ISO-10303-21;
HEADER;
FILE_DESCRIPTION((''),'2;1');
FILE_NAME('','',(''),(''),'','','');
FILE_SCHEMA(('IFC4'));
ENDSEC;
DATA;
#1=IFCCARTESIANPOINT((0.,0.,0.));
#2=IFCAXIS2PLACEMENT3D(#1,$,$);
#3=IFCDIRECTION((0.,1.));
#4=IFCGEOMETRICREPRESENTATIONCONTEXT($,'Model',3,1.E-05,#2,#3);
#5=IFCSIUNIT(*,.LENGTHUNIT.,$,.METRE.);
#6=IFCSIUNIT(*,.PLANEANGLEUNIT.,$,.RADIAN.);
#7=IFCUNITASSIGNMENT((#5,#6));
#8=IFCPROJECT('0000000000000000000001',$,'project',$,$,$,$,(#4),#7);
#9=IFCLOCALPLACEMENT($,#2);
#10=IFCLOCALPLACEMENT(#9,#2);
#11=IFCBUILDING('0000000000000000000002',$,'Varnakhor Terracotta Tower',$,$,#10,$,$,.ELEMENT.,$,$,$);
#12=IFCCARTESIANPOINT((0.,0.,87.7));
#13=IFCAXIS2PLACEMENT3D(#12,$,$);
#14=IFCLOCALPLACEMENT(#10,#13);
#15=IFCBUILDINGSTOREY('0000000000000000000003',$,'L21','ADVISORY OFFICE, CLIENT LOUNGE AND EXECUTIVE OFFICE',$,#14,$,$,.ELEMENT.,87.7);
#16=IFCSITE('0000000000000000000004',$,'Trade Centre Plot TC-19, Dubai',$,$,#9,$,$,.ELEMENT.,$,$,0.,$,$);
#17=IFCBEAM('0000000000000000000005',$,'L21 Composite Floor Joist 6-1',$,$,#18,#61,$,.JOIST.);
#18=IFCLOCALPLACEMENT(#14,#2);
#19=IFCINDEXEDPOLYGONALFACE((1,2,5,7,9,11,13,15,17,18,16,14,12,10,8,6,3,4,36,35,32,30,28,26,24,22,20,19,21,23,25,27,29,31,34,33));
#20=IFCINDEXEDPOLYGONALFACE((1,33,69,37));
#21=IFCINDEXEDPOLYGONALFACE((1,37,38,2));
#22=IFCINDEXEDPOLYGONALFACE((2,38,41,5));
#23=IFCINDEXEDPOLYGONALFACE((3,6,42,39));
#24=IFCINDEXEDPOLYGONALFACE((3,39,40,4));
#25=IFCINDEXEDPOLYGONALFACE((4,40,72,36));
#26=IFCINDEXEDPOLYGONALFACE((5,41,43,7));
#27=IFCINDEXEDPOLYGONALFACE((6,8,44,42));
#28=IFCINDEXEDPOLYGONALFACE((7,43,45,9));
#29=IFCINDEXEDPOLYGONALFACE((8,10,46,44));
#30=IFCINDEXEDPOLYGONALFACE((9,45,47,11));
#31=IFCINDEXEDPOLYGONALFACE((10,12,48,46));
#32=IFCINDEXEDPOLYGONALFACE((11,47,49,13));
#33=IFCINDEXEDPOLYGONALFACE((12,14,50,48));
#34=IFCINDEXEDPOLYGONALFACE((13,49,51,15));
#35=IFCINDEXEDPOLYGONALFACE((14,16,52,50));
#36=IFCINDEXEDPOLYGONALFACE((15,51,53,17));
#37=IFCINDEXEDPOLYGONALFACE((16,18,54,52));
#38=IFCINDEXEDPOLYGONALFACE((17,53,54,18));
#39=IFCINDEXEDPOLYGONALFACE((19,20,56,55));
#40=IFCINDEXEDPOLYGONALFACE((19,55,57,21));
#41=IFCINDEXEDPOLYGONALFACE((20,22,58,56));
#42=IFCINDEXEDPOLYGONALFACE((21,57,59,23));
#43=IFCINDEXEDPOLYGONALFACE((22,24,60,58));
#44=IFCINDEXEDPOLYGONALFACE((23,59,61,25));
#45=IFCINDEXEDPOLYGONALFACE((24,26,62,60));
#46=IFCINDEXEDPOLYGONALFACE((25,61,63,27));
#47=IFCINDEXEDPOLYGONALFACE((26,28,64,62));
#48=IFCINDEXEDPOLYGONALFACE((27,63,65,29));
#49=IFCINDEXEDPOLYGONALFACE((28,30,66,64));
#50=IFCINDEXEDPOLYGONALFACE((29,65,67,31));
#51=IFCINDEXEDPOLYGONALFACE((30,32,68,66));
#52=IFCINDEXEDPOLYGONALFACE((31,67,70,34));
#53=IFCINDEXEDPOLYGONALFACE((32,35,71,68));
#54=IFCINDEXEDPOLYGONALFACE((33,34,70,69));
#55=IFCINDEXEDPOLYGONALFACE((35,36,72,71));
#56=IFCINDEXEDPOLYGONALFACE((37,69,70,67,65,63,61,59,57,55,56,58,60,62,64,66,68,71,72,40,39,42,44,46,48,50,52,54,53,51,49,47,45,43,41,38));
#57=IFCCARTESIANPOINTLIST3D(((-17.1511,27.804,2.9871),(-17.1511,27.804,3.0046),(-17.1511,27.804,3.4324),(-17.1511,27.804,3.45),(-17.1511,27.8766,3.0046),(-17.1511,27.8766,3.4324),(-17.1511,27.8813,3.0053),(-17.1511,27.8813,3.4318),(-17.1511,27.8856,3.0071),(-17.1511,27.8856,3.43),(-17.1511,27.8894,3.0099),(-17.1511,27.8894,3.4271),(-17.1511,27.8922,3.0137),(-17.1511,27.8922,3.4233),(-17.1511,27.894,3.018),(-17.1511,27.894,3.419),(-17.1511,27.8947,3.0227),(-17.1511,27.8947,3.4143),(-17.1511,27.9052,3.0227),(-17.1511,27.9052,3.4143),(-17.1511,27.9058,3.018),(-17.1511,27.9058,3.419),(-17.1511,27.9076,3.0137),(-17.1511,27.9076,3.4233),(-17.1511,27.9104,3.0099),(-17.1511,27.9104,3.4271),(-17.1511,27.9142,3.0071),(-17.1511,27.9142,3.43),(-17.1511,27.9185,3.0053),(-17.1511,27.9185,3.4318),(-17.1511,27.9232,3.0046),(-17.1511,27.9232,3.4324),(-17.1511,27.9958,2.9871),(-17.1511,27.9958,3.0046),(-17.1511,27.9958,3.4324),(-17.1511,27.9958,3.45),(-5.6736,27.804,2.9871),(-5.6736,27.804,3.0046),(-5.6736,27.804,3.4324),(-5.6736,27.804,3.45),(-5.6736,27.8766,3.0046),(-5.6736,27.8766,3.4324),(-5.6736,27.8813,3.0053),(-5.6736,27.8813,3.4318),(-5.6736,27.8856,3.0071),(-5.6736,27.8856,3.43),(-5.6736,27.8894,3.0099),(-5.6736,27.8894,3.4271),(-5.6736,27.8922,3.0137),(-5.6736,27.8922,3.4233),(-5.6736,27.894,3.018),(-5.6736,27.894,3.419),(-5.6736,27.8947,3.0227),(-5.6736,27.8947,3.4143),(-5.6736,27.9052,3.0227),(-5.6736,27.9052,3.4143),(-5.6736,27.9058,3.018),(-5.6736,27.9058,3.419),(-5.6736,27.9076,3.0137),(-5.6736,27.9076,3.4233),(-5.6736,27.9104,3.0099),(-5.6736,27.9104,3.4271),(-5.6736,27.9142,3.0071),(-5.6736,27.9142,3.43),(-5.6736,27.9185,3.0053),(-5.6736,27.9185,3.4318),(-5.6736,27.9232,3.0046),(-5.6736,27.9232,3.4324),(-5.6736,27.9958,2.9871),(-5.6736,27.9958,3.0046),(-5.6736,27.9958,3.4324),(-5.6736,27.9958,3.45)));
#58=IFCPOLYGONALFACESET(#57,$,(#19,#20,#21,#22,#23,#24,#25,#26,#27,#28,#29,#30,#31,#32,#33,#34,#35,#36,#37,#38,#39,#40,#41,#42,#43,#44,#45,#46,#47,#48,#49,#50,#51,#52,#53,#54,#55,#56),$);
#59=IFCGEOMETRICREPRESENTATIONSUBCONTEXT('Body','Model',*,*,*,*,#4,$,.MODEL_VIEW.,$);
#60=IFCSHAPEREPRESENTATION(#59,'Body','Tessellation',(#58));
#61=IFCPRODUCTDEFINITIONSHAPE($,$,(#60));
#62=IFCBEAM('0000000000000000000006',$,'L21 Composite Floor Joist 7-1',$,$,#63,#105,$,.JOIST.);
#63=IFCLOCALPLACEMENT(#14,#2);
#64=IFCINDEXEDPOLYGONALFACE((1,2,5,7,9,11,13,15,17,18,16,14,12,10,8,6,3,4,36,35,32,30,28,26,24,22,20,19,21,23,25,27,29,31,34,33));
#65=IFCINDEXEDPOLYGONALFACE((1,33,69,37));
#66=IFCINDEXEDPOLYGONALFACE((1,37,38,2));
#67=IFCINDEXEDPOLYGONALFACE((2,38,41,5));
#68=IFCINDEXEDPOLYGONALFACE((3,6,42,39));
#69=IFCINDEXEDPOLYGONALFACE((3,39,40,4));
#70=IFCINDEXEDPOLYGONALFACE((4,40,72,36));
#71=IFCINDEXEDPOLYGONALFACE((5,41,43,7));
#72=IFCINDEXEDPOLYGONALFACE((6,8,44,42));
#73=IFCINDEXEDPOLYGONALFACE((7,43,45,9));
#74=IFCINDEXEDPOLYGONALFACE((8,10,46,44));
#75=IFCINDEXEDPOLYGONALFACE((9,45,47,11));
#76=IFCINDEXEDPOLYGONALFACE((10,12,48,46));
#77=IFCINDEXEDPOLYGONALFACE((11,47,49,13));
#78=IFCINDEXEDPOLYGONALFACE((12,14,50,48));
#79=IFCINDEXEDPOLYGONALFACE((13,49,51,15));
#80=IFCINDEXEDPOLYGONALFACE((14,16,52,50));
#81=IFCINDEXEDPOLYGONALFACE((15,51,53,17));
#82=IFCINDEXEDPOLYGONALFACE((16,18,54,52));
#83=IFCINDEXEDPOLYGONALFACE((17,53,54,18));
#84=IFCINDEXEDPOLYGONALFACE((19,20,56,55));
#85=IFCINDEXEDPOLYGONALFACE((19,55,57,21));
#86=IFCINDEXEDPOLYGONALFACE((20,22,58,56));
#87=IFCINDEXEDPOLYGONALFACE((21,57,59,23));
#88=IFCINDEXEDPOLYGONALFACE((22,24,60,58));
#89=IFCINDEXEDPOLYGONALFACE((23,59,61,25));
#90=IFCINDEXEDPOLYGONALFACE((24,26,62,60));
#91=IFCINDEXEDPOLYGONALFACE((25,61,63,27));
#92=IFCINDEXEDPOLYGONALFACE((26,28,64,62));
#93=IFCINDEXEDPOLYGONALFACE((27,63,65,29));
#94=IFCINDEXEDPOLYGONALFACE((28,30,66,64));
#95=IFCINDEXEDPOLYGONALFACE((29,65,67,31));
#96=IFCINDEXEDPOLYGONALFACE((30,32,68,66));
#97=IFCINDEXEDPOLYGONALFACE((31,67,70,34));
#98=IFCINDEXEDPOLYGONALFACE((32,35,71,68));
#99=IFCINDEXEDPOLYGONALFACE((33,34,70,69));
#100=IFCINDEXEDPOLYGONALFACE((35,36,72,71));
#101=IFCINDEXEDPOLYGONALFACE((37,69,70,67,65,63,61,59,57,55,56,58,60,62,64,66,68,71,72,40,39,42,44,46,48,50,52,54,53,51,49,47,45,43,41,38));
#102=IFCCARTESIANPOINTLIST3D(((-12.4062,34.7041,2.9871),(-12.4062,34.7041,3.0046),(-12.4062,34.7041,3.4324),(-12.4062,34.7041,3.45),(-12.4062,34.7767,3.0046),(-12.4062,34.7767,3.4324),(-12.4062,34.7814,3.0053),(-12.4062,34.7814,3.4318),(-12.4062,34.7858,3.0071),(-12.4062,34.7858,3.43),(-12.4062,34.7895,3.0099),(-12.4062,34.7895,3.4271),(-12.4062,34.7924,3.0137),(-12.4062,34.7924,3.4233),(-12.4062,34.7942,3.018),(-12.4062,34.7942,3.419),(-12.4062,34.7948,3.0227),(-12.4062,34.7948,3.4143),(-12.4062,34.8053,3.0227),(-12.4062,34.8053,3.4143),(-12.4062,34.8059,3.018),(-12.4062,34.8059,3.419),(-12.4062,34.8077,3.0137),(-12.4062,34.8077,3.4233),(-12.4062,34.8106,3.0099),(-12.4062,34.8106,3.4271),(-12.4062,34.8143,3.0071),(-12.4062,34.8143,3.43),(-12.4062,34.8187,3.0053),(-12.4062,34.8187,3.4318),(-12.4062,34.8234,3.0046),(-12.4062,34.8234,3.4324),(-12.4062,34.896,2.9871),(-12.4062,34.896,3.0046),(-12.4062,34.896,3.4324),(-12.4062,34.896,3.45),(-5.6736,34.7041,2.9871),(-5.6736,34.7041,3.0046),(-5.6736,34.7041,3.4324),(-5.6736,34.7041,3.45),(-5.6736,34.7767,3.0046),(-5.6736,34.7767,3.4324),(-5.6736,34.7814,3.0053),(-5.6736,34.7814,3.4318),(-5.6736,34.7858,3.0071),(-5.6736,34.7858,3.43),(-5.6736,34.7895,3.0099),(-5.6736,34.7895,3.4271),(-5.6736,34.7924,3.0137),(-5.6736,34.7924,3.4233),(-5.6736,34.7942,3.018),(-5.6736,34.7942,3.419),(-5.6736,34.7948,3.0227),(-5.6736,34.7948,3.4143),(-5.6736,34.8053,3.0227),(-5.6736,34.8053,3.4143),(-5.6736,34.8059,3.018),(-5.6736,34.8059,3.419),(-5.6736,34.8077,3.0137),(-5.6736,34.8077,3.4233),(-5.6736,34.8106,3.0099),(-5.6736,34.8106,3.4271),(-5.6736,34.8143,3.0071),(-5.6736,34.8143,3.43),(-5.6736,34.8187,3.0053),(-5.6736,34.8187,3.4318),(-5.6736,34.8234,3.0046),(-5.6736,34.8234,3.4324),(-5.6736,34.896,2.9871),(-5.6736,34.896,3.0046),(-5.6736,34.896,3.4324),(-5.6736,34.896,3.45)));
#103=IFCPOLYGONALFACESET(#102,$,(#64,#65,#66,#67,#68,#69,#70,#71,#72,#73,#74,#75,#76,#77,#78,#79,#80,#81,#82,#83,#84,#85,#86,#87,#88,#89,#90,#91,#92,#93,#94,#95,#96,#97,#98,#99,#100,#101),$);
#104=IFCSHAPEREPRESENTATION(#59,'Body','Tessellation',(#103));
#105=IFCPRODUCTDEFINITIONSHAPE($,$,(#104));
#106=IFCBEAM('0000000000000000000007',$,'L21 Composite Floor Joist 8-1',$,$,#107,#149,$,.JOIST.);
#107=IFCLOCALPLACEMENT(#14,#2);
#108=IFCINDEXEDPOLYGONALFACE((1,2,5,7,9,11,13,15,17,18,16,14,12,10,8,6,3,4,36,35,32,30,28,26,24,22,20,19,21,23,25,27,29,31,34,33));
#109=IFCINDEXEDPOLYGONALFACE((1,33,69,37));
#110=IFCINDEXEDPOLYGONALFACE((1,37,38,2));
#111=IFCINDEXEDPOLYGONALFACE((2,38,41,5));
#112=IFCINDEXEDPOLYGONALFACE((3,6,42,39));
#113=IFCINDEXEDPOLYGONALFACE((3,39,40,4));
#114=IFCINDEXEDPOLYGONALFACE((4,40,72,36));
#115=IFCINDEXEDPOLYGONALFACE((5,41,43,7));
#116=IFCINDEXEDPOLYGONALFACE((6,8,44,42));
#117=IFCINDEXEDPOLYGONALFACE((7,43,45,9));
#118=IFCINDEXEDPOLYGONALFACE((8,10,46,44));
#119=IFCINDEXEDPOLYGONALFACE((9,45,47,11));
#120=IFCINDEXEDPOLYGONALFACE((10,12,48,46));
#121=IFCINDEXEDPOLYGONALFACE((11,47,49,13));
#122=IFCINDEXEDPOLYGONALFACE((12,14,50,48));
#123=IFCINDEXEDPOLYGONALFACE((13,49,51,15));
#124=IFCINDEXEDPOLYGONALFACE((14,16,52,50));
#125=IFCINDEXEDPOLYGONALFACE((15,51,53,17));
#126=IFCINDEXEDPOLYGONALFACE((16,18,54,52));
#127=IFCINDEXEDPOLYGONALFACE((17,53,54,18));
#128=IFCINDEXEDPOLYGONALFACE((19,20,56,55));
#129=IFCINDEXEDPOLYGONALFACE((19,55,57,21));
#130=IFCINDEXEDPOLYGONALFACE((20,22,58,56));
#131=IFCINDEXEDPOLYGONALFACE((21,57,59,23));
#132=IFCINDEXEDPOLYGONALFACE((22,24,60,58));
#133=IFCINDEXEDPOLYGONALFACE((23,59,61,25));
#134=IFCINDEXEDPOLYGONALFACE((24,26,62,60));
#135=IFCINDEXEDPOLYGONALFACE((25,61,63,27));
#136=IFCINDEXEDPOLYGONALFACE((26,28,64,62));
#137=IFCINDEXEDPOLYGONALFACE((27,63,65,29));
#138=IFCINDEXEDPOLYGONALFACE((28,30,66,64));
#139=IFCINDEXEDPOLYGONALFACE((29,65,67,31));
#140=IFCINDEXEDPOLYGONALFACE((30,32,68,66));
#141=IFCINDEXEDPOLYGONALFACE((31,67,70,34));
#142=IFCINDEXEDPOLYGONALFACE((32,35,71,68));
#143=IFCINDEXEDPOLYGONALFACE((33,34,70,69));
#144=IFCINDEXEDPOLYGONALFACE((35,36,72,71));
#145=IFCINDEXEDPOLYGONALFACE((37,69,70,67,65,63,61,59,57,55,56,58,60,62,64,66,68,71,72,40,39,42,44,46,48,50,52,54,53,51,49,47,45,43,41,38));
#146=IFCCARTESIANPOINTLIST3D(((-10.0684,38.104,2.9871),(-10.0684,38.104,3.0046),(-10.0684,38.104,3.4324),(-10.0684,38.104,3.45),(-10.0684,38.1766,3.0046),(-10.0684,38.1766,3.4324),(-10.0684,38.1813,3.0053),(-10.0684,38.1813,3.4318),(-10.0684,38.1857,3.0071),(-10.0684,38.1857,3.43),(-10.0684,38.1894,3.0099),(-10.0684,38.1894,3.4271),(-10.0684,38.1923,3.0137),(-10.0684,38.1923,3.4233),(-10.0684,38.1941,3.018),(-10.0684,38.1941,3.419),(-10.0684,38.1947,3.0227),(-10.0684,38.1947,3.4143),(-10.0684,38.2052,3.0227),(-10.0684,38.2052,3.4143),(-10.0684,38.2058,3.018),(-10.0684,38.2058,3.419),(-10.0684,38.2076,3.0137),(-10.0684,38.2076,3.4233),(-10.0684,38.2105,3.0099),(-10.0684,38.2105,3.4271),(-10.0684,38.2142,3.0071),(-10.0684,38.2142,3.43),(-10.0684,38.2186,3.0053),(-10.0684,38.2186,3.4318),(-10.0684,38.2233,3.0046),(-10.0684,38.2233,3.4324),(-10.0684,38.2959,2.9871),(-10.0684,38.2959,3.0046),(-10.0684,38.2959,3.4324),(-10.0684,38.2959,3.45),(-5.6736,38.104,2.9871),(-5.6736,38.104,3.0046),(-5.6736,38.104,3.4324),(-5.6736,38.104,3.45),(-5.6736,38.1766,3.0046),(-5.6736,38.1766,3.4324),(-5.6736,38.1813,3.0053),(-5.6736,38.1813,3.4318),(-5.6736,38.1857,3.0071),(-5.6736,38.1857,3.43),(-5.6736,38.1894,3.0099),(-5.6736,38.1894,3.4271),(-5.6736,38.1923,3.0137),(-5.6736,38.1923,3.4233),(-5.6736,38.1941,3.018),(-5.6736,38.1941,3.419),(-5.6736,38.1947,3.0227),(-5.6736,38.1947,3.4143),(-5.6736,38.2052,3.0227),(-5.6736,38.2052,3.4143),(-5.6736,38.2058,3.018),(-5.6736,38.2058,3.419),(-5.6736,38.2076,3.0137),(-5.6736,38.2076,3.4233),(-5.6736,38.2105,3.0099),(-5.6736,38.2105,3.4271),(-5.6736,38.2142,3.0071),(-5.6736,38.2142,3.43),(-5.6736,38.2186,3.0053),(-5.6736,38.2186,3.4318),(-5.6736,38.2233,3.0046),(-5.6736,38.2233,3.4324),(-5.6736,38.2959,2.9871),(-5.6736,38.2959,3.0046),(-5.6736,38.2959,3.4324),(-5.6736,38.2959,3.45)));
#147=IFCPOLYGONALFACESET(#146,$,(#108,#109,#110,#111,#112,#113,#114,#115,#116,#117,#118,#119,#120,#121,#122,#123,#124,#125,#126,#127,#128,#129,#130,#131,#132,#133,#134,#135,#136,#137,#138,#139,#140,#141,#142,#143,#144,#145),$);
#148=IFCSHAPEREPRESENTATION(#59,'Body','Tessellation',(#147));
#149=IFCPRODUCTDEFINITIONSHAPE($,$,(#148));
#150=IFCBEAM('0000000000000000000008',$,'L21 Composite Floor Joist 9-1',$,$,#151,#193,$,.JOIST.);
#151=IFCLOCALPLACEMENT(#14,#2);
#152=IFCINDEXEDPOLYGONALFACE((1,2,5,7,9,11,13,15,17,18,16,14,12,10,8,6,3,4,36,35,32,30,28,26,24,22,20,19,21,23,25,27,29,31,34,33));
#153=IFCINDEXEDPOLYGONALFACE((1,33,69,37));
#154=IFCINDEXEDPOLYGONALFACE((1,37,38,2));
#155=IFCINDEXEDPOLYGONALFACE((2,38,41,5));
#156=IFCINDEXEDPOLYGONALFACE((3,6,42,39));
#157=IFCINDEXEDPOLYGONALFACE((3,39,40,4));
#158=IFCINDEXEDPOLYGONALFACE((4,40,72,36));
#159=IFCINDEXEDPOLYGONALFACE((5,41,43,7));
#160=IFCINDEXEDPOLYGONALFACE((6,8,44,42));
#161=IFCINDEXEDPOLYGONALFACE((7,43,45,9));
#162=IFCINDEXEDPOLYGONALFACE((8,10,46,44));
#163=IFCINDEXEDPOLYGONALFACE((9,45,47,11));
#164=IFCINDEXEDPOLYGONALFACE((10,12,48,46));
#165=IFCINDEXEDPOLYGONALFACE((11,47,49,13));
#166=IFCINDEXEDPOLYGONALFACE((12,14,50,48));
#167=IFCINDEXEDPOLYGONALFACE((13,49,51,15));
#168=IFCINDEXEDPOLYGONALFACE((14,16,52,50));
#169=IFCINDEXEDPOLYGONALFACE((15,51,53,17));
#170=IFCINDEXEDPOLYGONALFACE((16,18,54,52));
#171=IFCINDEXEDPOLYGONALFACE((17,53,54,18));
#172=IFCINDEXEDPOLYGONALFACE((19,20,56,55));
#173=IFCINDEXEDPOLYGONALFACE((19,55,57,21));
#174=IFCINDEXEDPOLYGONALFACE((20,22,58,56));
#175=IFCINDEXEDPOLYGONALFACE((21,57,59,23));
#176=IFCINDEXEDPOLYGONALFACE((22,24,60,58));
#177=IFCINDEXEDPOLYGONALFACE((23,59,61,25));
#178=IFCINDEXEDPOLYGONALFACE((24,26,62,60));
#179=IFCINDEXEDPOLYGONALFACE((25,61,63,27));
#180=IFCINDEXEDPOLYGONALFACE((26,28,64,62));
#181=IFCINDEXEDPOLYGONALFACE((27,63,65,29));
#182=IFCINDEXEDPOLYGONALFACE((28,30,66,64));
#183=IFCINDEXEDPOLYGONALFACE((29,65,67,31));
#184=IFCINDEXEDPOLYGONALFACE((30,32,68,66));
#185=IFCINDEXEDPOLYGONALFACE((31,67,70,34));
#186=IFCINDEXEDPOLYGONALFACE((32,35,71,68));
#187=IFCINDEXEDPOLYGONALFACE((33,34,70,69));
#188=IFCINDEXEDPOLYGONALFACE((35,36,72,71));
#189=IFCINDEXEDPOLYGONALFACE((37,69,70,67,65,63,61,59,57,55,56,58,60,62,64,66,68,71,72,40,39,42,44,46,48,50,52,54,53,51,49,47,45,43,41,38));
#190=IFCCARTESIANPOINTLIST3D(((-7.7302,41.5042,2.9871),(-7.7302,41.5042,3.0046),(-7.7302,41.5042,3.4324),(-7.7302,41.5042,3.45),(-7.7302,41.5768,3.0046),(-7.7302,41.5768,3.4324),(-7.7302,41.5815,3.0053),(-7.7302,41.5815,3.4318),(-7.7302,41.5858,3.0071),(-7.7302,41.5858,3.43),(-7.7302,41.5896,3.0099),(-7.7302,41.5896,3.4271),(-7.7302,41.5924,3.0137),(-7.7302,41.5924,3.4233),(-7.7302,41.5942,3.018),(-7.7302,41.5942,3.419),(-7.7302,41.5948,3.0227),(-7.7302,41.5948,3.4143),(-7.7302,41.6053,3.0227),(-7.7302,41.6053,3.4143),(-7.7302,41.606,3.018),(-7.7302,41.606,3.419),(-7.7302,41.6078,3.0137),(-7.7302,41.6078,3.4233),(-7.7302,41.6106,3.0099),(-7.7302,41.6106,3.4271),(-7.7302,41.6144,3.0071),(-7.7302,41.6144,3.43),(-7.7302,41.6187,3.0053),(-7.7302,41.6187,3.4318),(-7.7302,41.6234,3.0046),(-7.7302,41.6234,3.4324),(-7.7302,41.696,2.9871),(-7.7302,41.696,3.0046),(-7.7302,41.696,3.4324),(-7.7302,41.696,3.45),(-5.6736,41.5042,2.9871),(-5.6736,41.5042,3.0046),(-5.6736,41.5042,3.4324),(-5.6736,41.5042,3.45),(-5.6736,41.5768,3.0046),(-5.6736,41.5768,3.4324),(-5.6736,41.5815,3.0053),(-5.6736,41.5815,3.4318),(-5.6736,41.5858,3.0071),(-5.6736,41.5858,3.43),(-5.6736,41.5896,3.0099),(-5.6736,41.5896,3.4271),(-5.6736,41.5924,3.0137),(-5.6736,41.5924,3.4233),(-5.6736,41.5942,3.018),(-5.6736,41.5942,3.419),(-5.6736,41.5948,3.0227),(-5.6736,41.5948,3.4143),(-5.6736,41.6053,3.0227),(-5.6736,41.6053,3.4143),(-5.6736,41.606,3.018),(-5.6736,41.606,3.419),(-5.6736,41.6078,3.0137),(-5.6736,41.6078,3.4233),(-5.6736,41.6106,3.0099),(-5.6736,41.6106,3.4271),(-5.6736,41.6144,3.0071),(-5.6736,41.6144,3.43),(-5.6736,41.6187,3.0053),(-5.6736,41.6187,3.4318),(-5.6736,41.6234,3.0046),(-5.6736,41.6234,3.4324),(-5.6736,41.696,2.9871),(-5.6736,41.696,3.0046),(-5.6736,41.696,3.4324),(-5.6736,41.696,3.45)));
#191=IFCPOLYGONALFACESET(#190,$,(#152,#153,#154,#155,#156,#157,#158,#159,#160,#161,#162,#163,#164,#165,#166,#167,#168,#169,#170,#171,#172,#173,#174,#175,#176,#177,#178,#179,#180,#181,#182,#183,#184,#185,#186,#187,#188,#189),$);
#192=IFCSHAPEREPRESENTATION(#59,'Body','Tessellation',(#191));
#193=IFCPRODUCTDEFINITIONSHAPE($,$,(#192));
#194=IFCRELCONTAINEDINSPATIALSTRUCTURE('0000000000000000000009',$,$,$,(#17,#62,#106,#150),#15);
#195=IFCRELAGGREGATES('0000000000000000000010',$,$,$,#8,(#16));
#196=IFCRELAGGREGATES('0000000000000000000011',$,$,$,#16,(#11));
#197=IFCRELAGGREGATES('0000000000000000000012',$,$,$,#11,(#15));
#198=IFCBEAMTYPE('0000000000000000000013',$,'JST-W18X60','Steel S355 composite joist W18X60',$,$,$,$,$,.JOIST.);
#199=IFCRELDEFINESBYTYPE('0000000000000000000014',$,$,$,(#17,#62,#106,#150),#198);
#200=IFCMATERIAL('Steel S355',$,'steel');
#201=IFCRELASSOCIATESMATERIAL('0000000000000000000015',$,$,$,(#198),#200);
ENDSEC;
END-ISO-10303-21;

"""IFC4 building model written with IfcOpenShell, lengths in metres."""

from ifc_helpers import new_model, si_unit, direction, frame, origin, origin_2d, place, context, subcontext, project, spatial, i_section, extrude, source, transform, mapped, material, material_profile, profile_set, type_object, element, save


model = new_model("IFC4")

# Units and contexts
model_context = context("Model", 3, precision=1e-05, world=origin(), true_north=direction((0.0, 1.0)))
body_context = subcontext(model_context, "Body", "Model", "MODEL_VIEW")
ifc_project = project(units=[si_unit("LENGTHUNIT", "METRE"), si_unit("PLANEANGLEUNIT", "RADIAN")], contexts=[model_context])

# Site, building, storey
site_placement = place(None, origin())
site = spatial("IfcSite", under=ifc_project, at=site_placement, Name="Trade Centre Plot TC-19, Dubai", CompositionType="ELEMENT", RefElevation=0.0)
building_placement = place(site_placement, origin())
building = spatial("IfcBuilding", under=site, at=building_placement, Name="Varnakhor Terracotta Tower", CompositionType="ELEMENT")
storey_placement = place(building_placement, frame((0.0, 0.0, 87.7)))
storey = spatial("IfcBuildingStorey", under=building, at=storey_placement, Name="L21", Description="ADVISORY OFFICE, CLIENT LOUNGE AND EXECUTIVE OFFICE", CompositionType="ELEMENT", Elevation=87.7)

# Beams
ifc_material_1 = material(Name="Steel S355", Category="steel")
ifc_material_profile_1 = material_profile(ifc_material_1, i_section(OverallWidth=0.1919, OverallDepth=0.4629, WebThickness=0.0105, FlangeThickness=0.0176, FilletRadius=0.0181, at=origin_2d()), Name="W18X60")
ifc_profile_set_1 = profile_set([ifc_material_profile_1], Name="Steel S355")
beam_type_1 = type_object("IfcBeamType", Name="JST-W18X60", Description="Steel S355 composite joist W18X60", PredefinedType="JOIST", material=ifc_profile_set_1)
shared_shape_1 = source(origin(), body_context, "Body", "SweptSolid", [
    extrude(i_section(OverallWidth=0.1919, OverallDepth=0.4629, WebThickness=0.0105, FlangeThickness=0.0176, FilletRadius=0.0181, at=origin_2d()), origin(), (0.0, 0.0, 1.0), 11.4775),
])
beam_1_placement = place(storey_placement, frame((-17.1511, 27.8999, 3.2185), z_axis=(1.0, 0.0, 0.0), x_axis=(0.0, 1.0, 0.0)))
element("IfcBeam", 1, at=beam_1_placement, inside=storey, type_object=beam_type_1, Name="L21 Composite Floor Joist 6-1", PredefinedType="JOIST", context=body_context, shape_type="MappedRepresentation", body=[
    mapped(shared_shape_1, transform((0.0, 0.0, 0.0), scale=1.0)),
])
shared_shape_2 = source(origin(), body_context, "Body", "SweptSolid", [
    extrude(i_section(OverallWidth=0.1919, OverallDepth=0.4629, WebThickness=0.0105, FlangeThickness=0.0176, FilletRadius=0.0181, at=origin_2d()), origin(), (0.0, 0.0, 1.0), 6.7327),
])
beam_2_placement = place(storey_placement, frame((-12.4062, 34.8, 3.2185), z_axis=(1.0, 0.0, 0.0), x_axis=(0.0, 1.0, 0.0)))
element("IfcBeam", 2, at=beam_2_placement, inside=storey, type_object=beam_type_1, Name="L21 Composite Floor Joist 7-1", PredefinedType="JOIST", context=body_context, shape_type="MappedRepresentation", body=[
    mapped(shared_shape_2, transform((0.0, 0.0, 0.0), scale=1.0)),
])
shared_shape_3 = source(origin(), body_context, "Body", "SweptSolid", [
    extrude(i_section(OverallWidth=0.1919, OverallDepth=0.4629, WebThickness=0.0105, FlangeThickness=0.0176, FilletRadius=0.0181, at=origin_2d()), origin(), (0.0, 0.0, 1.0), 4.3948),
])
beam_3_placement = place(storey_placement, frame((-10.0684, 38.2, 3.2185), z_axis=(1.0, 0.0, 0.0), x_axis=(0.0, 1.0, 0.0)))
element("IfcBeam", 3, at=beam_3_placement, inside=storey, type_object=beam_type_1, Name="L21 Composite Floor Joist 8-1", PredefinedType="JOIST", context=body_context, shape_type="MappedRepresentation", body=[
    mapped(shared_shape_3, transform((0.0, 0.0, 0.0), scale=1.0)),
])
shared_shape_4 = source(origin(), body_context, "Body", "SweptSolid", [
    extrude(i_section(OverallWidth=0.1919, OverallDepth=0.4629, WebThickness=0.0105, FlangeThickness=0.0176, FilletRadius=0.0181, at=origin_2d()), origin(), (0.0, 0.0, 1.0), 2.0566),
])
beam_4_placement = place(storey_placement, frame((-7.7302, 41.6001, 3.2185), z_axis=(1.0, 0.0, 0.0), x_axis=(0.0, 1.0, 0.0)))
element("IfcBeam", 4, at=beam_4_placement, inside=storey, type_object=beam_type_1, Name="L21 Composite Floor Joist 9-1", PredefinedType="JOIST", context=body_context, shape_type="MappedRepresentation", body=[
    mapped(shared_shape_4, transform((0.0, 0.0, 0.0), scale=1.0)),
])

save(model, "model.ifc")
